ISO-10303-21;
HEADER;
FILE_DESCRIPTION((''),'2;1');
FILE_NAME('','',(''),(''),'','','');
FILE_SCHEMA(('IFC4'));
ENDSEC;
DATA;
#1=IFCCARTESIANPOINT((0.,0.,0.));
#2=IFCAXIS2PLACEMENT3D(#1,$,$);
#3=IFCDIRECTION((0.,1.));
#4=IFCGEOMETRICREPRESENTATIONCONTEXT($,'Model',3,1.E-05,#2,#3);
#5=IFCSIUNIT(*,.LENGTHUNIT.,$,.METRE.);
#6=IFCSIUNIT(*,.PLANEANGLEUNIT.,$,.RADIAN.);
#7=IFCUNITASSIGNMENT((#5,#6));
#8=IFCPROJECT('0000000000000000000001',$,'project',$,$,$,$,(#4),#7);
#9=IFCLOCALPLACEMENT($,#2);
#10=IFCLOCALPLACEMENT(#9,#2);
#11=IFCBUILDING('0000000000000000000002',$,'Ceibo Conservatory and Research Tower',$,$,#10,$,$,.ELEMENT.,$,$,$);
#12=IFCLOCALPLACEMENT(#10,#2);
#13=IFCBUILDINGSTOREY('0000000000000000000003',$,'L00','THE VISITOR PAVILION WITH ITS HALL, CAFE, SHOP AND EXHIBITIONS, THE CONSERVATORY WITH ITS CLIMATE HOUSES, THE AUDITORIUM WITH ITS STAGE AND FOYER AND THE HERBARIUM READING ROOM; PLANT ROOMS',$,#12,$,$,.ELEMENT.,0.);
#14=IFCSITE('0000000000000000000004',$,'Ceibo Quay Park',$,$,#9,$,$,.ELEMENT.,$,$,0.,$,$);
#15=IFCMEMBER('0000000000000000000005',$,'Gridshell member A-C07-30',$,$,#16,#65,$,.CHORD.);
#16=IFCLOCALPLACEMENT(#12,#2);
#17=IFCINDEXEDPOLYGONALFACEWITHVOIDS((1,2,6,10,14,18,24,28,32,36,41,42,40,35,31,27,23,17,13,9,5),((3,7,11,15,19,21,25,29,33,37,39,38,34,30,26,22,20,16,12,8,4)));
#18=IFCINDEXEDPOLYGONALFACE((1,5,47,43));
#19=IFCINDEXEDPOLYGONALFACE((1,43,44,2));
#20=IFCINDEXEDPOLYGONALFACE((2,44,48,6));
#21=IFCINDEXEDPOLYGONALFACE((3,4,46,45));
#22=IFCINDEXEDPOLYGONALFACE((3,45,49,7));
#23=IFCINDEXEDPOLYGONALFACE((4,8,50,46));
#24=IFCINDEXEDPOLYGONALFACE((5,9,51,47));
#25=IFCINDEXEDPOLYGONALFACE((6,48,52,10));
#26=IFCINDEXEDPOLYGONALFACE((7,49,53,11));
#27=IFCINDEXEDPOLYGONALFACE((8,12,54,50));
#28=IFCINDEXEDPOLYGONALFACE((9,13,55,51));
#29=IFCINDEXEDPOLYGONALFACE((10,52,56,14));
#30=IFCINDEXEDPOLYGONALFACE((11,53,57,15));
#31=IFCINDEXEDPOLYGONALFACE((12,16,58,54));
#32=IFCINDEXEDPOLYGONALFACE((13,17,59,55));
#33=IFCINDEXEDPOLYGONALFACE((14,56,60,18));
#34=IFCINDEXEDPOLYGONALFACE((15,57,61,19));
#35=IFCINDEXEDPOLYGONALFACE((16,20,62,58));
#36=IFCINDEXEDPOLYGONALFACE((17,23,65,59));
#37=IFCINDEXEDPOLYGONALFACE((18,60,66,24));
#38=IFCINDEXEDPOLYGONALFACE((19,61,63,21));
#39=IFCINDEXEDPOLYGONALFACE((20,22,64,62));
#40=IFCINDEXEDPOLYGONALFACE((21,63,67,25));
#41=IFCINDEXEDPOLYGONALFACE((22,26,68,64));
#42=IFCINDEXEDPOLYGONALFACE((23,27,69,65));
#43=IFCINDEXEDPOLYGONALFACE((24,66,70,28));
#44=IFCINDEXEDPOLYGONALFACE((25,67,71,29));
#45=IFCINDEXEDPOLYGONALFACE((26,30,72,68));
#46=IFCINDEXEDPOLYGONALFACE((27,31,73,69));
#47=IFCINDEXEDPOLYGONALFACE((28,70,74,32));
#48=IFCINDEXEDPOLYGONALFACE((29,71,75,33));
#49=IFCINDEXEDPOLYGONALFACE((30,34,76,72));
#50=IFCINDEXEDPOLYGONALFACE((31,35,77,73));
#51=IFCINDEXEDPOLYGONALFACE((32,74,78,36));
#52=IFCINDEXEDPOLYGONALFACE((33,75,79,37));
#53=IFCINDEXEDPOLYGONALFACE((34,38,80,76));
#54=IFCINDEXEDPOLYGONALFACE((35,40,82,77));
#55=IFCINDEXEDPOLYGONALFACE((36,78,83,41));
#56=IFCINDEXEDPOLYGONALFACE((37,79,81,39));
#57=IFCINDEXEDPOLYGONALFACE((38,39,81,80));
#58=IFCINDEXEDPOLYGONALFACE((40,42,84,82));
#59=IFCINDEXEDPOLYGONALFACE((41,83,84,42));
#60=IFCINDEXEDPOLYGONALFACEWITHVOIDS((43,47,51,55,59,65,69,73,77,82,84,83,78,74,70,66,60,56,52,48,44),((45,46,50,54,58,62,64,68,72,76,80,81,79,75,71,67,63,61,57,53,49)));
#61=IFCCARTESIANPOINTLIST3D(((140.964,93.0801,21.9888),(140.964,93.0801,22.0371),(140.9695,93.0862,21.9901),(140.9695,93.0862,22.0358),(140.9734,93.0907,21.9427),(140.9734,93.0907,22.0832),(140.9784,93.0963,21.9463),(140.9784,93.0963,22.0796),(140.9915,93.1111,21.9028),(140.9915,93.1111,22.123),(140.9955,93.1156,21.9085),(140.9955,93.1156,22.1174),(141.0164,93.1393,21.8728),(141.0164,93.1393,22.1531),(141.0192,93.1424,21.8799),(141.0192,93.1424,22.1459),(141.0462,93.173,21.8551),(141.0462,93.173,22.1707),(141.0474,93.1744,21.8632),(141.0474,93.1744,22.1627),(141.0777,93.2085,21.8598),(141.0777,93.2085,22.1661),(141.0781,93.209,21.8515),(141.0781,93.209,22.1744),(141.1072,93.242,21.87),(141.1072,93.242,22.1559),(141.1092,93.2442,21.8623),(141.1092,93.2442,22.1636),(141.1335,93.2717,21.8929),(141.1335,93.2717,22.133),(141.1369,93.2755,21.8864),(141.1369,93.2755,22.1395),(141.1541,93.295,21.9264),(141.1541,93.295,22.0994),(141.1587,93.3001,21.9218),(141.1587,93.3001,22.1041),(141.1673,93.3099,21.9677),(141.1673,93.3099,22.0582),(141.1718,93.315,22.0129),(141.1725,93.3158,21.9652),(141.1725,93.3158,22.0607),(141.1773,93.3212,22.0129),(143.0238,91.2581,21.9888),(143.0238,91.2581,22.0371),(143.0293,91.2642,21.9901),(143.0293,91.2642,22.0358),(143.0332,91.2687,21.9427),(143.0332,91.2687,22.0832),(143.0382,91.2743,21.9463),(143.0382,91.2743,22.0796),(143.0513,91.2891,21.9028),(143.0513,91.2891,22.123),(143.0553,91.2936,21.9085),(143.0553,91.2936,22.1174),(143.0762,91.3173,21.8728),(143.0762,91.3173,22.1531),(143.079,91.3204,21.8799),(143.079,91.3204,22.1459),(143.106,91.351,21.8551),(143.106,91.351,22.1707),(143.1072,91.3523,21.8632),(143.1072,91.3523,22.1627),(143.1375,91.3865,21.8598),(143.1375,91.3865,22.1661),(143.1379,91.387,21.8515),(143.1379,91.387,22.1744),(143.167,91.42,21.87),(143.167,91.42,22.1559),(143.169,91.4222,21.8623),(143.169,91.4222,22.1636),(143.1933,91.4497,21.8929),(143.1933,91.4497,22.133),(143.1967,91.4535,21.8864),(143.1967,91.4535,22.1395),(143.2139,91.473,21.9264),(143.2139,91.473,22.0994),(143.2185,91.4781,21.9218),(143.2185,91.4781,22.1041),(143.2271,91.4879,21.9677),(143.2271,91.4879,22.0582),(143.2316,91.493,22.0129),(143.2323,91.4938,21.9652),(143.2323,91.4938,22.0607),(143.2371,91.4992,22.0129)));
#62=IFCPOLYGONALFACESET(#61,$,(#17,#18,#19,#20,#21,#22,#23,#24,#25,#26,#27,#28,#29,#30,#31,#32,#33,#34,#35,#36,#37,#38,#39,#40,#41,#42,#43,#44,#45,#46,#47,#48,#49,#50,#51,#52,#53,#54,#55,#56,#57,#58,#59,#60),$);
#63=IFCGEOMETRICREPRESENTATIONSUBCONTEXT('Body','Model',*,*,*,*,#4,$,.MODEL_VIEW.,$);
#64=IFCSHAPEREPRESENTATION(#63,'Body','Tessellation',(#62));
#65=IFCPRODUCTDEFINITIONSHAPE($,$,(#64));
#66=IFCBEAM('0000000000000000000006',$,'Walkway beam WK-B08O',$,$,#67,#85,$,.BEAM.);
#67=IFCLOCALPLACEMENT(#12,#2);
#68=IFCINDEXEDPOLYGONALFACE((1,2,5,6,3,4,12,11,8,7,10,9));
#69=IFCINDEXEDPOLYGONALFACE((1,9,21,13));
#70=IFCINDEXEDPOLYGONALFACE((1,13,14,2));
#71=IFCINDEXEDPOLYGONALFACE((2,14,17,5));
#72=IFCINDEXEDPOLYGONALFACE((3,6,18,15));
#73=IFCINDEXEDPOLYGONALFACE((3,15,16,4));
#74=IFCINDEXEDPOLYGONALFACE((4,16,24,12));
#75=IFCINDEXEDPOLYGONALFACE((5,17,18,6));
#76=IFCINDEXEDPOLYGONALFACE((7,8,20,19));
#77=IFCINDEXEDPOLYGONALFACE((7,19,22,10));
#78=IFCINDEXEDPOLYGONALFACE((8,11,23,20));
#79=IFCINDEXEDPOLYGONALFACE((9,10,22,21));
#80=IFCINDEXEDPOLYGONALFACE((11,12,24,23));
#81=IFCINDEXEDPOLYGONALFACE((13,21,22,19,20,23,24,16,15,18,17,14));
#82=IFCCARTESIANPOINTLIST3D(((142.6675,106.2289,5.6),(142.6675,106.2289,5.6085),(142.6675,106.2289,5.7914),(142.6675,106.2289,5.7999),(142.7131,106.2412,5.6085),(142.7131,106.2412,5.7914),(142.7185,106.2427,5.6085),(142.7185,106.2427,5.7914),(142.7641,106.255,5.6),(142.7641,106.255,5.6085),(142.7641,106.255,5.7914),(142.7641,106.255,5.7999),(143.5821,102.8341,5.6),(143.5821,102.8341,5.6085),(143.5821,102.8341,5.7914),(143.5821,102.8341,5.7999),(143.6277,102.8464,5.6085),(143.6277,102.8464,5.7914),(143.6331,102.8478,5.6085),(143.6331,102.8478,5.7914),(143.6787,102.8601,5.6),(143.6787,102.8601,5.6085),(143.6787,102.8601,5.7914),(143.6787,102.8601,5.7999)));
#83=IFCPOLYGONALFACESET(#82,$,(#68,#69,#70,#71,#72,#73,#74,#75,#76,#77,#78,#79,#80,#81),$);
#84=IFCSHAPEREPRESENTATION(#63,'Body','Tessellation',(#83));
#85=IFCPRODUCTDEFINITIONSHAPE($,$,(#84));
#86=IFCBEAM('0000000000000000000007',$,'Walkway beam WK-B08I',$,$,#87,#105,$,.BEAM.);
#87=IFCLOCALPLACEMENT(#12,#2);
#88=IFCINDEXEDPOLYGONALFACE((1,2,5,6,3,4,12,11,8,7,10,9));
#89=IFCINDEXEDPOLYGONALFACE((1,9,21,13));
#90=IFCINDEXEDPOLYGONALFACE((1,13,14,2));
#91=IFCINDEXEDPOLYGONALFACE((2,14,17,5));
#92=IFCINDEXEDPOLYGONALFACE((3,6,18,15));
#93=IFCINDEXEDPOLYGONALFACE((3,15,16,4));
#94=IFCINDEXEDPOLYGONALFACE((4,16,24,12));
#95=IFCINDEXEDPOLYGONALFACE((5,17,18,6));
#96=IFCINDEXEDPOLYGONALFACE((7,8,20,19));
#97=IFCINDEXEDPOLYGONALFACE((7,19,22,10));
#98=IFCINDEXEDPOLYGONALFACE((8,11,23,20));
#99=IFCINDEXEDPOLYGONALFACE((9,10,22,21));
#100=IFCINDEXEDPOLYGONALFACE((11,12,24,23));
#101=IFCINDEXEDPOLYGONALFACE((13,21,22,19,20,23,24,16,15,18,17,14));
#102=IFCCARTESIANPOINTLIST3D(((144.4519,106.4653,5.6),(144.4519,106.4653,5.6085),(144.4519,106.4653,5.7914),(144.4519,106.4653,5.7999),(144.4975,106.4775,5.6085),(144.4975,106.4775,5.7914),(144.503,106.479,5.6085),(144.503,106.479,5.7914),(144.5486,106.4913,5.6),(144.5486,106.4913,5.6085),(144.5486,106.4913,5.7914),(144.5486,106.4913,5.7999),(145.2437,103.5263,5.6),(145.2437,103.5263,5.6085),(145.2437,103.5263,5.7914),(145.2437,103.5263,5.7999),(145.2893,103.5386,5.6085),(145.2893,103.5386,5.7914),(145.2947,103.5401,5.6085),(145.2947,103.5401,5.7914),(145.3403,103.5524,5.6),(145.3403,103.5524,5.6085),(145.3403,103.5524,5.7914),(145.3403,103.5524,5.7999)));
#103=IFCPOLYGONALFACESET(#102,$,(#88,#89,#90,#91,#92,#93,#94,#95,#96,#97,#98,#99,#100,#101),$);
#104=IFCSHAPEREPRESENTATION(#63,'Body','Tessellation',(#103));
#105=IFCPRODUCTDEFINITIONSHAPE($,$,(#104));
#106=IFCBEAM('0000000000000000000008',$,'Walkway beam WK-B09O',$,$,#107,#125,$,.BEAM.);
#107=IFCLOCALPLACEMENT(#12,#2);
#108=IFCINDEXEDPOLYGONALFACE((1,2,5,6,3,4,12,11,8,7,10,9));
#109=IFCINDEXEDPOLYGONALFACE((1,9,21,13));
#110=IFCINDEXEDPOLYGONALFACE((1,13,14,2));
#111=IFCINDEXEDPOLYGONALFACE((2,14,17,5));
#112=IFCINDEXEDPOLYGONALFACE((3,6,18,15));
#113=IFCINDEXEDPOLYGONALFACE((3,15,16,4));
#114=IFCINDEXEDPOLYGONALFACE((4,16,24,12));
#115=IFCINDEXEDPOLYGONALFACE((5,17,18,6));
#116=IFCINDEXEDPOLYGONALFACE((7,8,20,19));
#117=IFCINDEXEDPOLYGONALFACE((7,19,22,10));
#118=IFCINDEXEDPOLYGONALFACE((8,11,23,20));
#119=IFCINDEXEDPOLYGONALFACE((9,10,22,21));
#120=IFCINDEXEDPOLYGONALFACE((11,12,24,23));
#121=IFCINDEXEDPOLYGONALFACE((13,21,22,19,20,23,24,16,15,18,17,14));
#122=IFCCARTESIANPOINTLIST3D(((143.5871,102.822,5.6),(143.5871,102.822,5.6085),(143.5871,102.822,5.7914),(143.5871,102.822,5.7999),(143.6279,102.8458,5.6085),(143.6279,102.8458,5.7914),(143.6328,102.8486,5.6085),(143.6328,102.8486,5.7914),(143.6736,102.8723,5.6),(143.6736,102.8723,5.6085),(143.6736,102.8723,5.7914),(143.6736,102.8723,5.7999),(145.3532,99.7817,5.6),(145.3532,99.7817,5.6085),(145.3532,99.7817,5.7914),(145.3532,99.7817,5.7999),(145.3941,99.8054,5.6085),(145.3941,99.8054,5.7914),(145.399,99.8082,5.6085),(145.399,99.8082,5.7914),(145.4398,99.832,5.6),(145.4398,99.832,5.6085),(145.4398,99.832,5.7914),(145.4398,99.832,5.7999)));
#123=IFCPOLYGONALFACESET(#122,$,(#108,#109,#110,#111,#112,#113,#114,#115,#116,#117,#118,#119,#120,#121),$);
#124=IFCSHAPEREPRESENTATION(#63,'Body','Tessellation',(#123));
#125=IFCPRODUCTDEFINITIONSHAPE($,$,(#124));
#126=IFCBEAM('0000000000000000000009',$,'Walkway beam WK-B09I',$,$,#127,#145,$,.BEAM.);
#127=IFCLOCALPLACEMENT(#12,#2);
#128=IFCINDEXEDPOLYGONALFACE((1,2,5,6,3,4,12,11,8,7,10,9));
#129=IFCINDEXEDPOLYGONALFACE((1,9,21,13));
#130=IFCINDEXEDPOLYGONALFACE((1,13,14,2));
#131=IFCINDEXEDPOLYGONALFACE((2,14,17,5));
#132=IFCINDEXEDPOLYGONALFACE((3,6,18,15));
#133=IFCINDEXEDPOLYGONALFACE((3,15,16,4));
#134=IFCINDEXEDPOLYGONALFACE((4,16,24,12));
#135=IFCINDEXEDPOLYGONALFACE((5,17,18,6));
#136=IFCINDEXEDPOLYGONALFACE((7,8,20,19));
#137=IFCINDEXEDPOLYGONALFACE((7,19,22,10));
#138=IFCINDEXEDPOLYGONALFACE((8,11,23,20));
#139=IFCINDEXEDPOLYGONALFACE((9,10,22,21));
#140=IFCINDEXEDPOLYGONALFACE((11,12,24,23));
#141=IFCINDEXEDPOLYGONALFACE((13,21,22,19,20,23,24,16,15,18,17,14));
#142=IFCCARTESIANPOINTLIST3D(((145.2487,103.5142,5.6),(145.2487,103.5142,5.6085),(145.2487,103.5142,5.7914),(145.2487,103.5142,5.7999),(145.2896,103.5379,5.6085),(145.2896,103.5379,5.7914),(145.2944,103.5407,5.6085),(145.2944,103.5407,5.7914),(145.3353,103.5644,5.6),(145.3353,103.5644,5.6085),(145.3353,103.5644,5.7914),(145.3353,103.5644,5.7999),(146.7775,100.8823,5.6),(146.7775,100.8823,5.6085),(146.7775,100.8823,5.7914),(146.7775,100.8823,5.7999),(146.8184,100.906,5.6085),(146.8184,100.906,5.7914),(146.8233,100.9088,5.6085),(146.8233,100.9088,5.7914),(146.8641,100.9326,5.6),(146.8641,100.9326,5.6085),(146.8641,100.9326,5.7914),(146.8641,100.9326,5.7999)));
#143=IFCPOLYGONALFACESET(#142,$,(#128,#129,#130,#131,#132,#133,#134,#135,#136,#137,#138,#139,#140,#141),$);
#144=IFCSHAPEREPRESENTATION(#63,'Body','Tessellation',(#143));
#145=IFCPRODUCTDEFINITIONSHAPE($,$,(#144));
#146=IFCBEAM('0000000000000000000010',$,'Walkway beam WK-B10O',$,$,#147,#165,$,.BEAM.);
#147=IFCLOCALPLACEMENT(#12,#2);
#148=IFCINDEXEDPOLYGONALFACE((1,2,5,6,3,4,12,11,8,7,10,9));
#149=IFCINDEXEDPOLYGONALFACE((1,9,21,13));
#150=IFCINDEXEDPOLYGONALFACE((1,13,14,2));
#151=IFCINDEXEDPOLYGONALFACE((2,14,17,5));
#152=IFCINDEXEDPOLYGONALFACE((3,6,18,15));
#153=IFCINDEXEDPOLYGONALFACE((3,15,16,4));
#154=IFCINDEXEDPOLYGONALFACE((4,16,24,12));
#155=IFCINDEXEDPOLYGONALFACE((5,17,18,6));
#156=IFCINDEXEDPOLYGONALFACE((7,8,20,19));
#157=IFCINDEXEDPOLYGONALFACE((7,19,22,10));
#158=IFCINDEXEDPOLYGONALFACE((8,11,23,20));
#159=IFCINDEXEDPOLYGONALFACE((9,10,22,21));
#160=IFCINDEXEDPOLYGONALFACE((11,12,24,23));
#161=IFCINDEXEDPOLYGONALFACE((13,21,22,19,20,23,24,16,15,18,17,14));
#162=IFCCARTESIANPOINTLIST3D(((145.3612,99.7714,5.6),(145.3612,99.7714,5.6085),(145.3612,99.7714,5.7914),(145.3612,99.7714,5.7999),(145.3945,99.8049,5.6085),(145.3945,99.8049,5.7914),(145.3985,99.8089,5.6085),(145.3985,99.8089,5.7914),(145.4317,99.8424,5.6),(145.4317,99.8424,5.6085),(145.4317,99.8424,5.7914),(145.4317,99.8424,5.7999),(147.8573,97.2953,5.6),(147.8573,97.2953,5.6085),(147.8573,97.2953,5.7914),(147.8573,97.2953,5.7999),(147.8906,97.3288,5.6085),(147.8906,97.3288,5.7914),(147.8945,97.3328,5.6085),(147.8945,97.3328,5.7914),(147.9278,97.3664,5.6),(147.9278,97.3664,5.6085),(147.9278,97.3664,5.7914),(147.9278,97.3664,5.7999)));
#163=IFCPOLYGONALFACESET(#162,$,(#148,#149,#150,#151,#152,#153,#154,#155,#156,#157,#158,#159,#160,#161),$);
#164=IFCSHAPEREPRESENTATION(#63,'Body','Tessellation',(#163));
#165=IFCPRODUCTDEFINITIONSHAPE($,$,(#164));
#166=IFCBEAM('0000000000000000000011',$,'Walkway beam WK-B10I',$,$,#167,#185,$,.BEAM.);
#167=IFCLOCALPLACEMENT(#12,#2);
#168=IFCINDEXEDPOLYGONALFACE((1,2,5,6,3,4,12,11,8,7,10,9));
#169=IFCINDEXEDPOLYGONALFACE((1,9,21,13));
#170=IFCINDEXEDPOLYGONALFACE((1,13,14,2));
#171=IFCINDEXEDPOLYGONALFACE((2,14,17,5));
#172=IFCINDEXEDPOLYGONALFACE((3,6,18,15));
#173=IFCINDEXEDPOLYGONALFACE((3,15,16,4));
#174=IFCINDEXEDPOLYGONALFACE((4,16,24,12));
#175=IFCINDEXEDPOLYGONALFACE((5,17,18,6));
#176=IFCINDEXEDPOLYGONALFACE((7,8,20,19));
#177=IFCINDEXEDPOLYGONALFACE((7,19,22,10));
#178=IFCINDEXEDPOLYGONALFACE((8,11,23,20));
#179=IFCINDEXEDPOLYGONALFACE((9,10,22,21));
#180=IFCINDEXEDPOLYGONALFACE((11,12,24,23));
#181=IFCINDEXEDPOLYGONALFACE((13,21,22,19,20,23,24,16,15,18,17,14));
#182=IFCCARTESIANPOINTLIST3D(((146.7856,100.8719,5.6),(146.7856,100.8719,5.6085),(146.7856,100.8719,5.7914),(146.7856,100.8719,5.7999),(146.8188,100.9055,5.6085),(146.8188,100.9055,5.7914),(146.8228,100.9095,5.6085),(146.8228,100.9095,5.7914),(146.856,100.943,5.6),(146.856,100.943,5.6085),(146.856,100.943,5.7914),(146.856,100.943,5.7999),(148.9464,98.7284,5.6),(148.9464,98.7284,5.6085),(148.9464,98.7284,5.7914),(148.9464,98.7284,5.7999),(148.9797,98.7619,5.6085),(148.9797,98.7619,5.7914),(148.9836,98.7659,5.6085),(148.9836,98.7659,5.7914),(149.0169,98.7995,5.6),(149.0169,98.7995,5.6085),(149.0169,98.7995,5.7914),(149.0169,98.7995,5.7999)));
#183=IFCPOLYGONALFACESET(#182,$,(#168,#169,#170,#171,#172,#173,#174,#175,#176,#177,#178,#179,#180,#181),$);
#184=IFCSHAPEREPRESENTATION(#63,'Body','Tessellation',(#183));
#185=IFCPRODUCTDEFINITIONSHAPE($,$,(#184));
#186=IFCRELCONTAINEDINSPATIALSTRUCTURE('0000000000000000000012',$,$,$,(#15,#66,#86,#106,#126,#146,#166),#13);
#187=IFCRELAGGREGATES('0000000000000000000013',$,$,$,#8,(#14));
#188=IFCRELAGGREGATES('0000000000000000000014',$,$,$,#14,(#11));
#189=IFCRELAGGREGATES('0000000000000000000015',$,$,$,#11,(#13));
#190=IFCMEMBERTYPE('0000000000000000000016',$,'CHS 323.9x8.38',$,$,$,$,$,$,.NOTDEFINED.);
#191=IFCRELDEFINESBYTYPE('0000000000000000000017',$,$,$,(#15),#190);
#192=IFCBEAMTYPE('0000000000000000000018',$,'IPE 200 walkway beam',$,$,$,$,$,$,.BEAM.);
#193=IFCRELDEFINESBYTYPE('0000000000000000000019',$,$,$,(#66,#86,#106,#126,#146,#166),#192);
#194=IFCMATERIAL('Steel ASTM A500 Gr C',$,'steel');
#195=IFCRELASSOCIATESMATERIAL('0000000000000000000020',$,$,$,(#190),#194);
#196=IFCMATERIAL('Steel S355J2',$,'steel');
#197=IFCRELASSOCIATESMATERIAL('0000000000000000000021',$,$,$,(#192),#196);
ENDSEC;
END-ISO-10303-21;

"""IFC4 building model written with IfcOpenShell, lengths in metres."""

from ifc_helpers import new_model, si_unit, direction, frame, origin, origin_2d, place, context, subcontext, project, spatial, hollow_circle, i_section, extrude, material, material_profile, profile_set, type_object, element, save


model = new_model("IFC4")

# Units and contexts
model_context = context("Model", 3, precision=1e-05, world=origin(), true_north=direction((0.0, 1.0)))
body_context = subcontext(model_context, "Body", "Model", "MODEL_VIEW")
ifc_project = project(units=[si_unit("LENGTHUNIT", "METRE"), si_unit("PLANEANGLEUNIT", "RADIAN")], contexts=[model_context])

# Site, building, storey
site_placement = place(None, origin())
site = spatial("IfcSite", under=ifc_project, at=site_placement, Name="Ceibo Quay Park", CompositionType="ELEMENT", RefElevation=0.0)
building_placement = place(site_placement, origin())
building = spatial("IfcBuilding", under=site, at=building_placement, Name="Ceibo Conservatory and Research Tower", CompositionType="ELEMENT")
storey_placement = place(building_placement, origin())
storey = spatial("IfcBuildingStorey", under=building, at=storey_placement, Name="L00", Description="THE VISITOR PAVILION WITH ITS HALL, CAFE, SHOP AND EXHIBITIONS, THE CONSERVATORY WITH ITS CLIMATE HOUSES, THE AUDITORIUM WITH ITS STAGE AND FOYER AND THE HERBARIUM READING ROOM; PLANT ROOMS", CompositionType="ELEMENT", Elevation=0.0)

# Member
ifc_material_1 = material(Name="Steel ASTM A500 Gr C", Category="steel")
ifc_material_profile_1 = material_profile(ifc_material_1, hollow_circle(Radius=0.1619, WallThickness=0.0083, at=origin_2d()), Name="CHS 323.9x8.38")
ifc_profile_set_1 = profile_set([ifc_material_profile_1], Name="Steel ASTM A500 Gr C")
member_type_1 = type_object("IfcMemberType", Name="CHS 323.9x8.38", PredefinedType="NOTDEFINED", material=ifc_profile_set_1)
member_1_placement = place(storey_placement, frame((141.0701, 93.2, 22.0129), z_axis=(0.749019, -0.662549, 0.0), x_axis=(0.662549, 0.749019, 0.0)))
element("IfcMember", 1, at=member_1_placement, inside=storey, type_object=member_type_1, Name="Gridshell member A-C07-30", PredefinedType="CHORD", context=body_context, shape_type="SweptSolid", body=[
    extrude(hollow_circle(Radius=0.1619, WallThickness=0.0083, at=origin_2d()), origin(), (0.0, 0.0, 1.0), 2.75),
])

# Beams
ifc_material_2 = material(Name="Steel S355J2", Category="steel")
ifc_material_profile_2 = material_profile(ifc_material_2, i_section(OverallWidth=0.1001, OverallDepth=0.2, WebThickness=0.0056, FlangeThickness=0.0085, at=origin_2d()), Name="IPE 200")
ifc_profile_set_2 = profile_set([ifc_material_profile_2], Name="Steel S355J2")
beam_type = type_object("IfcBeamType", Name="IPE 200 walkway beam", PredefinedType="BEAM", material=ifc_profile_set_2)
beam_1_placement = place(storey_placement, frame((142.7158, 106.2419, 5.7), z_axis=(0.260125, -0.965575, 0.0), x_axis=(0.965575, 0.260125, 0.0)))
element("IfcBeam", 2, at=beam_1_placement, inside=storey, type_object=beam_type, Name="Walkway beam WK-B08O", PredefinedType="BEAM", context=body_context, shape_type="SweptSolid", body=[
    extrude(i_section(OverallWidth=0.1001, OverallDepth=0.2, WebThickness=0.0056, FlangeThickness=0.0085, at=origin_2d()), origin(), (0.0, 0.0, 1.0), 3.5159),
])
beam_2_placement = place(storey_placement, frame((144.5002, 106.4783, 5.7), z_axis=(0.260123, -0.965575, 0.0), x_axis=(0.965575, 0.260123, 0.0)))
element("IfcBeam", 3, at=beam_2_placement, inside=storey, type_object=beam_type, Name="Walkway beam WK-B08I", PredefinedType="BEAM", context=body_context, shape_type="SweptSolid", body=[
    extrude(i_section(OverallWidth=0.1001, OverallDepth=0.2, WebThickness=0.0056, FlangeThickness=0.0085, at=origin_2d()), origin(), (0.0, 0.0, 1.0), 3.0437),
])
beam_3_placement = place(storey_placement, frame((143.6304, 102.8472, 5.7), z_axis=(0.502303, -0.864692, 0.0), x_axis=(0.864692, 0.502303, 0.0)))
element("IfcBeam", 4, at=beam_3_placement, inside=storey, type_object=beam_type, Name="Walkway beam WK-B09O", PredefinedType="BEAM", context=body_context, shape_type="SweptSolid", body=[
    extrude(i_section(OverallWidth=0.1001, OverallDepth=0.2, WebThickness=0.0056, FlangeThickness=0.0085, at=origin_2d()), origin(), (0.0, 0.0, 1.0), 3.5161),
])
beam_4_placement = place(storey_placement, frame((145.292, 103.5393, 5.7), z_axis=(0.502294, -0.864697, 0.0), x_axis=(0.864697, 0.502294, 0.0)))
element("IfcBeam", 5, at=beam_4_placement, inside=storey, type_object=beam_type, Name="Walkway beam WK-B09I", PredefinedType="BEAM", context=body_context, shape_type="SweptSolid", body=[
    extrude(i_section(OverallWidth=0.1001, OverallDepth=0.2, WebThickness=0.0056, FlangeThickness=0.0085, at=origin_2d()), origin(), (0.0, 0.0, 1.0), 3.0437),
])
beam_5_placement = place(storey_placement, frame((145.3965, 99.8069, 5.7), z_axis=(0.709948, -0.704254, 0.0), x_axis=(0.704254, 0.709948, 0.0)))
element("IfcBeam", 6, at=beam_5_placement, inside=storey, type_object=beam_type, Name="Walkway beam WK-B10O", PredefinedType="BEAM", context=body_context, shape_type="SweptSolid", body=[
    extrude(i_section(OverallWidth=0.1001, OverallDepth=0.2, WebThickness=0.0056, FlangeThickness=0.0085, at=origin_2d()), origin(), (0.0, 0.0, 1.0), 3.5159),
])
beam_6_placement = place(storey_placement, frame((146.8208, 100.9075, 5.7), z_axis=(0.709949, -0.704254, 0.0), x_axis=(0.704254, 0.709949, 0.0)))
element("IfcBeam", 7, at=beam_6_placement, inside=storey, type_object=beam_type, Name="Walkway beam WK-B10I", PredefinedType="BEAM", context=body_context, shape_type="SweptSolid", body=[
    extrude(i_section(OverallWidth=0.1001, OverallDepth=0.2, WebThickness=0.0056, FlangeThickness=0.0085, at=origin_2d()), origin(), (0.0, 0.0, 1.0), 3.0437),
])

save(model, "model.ifc")
